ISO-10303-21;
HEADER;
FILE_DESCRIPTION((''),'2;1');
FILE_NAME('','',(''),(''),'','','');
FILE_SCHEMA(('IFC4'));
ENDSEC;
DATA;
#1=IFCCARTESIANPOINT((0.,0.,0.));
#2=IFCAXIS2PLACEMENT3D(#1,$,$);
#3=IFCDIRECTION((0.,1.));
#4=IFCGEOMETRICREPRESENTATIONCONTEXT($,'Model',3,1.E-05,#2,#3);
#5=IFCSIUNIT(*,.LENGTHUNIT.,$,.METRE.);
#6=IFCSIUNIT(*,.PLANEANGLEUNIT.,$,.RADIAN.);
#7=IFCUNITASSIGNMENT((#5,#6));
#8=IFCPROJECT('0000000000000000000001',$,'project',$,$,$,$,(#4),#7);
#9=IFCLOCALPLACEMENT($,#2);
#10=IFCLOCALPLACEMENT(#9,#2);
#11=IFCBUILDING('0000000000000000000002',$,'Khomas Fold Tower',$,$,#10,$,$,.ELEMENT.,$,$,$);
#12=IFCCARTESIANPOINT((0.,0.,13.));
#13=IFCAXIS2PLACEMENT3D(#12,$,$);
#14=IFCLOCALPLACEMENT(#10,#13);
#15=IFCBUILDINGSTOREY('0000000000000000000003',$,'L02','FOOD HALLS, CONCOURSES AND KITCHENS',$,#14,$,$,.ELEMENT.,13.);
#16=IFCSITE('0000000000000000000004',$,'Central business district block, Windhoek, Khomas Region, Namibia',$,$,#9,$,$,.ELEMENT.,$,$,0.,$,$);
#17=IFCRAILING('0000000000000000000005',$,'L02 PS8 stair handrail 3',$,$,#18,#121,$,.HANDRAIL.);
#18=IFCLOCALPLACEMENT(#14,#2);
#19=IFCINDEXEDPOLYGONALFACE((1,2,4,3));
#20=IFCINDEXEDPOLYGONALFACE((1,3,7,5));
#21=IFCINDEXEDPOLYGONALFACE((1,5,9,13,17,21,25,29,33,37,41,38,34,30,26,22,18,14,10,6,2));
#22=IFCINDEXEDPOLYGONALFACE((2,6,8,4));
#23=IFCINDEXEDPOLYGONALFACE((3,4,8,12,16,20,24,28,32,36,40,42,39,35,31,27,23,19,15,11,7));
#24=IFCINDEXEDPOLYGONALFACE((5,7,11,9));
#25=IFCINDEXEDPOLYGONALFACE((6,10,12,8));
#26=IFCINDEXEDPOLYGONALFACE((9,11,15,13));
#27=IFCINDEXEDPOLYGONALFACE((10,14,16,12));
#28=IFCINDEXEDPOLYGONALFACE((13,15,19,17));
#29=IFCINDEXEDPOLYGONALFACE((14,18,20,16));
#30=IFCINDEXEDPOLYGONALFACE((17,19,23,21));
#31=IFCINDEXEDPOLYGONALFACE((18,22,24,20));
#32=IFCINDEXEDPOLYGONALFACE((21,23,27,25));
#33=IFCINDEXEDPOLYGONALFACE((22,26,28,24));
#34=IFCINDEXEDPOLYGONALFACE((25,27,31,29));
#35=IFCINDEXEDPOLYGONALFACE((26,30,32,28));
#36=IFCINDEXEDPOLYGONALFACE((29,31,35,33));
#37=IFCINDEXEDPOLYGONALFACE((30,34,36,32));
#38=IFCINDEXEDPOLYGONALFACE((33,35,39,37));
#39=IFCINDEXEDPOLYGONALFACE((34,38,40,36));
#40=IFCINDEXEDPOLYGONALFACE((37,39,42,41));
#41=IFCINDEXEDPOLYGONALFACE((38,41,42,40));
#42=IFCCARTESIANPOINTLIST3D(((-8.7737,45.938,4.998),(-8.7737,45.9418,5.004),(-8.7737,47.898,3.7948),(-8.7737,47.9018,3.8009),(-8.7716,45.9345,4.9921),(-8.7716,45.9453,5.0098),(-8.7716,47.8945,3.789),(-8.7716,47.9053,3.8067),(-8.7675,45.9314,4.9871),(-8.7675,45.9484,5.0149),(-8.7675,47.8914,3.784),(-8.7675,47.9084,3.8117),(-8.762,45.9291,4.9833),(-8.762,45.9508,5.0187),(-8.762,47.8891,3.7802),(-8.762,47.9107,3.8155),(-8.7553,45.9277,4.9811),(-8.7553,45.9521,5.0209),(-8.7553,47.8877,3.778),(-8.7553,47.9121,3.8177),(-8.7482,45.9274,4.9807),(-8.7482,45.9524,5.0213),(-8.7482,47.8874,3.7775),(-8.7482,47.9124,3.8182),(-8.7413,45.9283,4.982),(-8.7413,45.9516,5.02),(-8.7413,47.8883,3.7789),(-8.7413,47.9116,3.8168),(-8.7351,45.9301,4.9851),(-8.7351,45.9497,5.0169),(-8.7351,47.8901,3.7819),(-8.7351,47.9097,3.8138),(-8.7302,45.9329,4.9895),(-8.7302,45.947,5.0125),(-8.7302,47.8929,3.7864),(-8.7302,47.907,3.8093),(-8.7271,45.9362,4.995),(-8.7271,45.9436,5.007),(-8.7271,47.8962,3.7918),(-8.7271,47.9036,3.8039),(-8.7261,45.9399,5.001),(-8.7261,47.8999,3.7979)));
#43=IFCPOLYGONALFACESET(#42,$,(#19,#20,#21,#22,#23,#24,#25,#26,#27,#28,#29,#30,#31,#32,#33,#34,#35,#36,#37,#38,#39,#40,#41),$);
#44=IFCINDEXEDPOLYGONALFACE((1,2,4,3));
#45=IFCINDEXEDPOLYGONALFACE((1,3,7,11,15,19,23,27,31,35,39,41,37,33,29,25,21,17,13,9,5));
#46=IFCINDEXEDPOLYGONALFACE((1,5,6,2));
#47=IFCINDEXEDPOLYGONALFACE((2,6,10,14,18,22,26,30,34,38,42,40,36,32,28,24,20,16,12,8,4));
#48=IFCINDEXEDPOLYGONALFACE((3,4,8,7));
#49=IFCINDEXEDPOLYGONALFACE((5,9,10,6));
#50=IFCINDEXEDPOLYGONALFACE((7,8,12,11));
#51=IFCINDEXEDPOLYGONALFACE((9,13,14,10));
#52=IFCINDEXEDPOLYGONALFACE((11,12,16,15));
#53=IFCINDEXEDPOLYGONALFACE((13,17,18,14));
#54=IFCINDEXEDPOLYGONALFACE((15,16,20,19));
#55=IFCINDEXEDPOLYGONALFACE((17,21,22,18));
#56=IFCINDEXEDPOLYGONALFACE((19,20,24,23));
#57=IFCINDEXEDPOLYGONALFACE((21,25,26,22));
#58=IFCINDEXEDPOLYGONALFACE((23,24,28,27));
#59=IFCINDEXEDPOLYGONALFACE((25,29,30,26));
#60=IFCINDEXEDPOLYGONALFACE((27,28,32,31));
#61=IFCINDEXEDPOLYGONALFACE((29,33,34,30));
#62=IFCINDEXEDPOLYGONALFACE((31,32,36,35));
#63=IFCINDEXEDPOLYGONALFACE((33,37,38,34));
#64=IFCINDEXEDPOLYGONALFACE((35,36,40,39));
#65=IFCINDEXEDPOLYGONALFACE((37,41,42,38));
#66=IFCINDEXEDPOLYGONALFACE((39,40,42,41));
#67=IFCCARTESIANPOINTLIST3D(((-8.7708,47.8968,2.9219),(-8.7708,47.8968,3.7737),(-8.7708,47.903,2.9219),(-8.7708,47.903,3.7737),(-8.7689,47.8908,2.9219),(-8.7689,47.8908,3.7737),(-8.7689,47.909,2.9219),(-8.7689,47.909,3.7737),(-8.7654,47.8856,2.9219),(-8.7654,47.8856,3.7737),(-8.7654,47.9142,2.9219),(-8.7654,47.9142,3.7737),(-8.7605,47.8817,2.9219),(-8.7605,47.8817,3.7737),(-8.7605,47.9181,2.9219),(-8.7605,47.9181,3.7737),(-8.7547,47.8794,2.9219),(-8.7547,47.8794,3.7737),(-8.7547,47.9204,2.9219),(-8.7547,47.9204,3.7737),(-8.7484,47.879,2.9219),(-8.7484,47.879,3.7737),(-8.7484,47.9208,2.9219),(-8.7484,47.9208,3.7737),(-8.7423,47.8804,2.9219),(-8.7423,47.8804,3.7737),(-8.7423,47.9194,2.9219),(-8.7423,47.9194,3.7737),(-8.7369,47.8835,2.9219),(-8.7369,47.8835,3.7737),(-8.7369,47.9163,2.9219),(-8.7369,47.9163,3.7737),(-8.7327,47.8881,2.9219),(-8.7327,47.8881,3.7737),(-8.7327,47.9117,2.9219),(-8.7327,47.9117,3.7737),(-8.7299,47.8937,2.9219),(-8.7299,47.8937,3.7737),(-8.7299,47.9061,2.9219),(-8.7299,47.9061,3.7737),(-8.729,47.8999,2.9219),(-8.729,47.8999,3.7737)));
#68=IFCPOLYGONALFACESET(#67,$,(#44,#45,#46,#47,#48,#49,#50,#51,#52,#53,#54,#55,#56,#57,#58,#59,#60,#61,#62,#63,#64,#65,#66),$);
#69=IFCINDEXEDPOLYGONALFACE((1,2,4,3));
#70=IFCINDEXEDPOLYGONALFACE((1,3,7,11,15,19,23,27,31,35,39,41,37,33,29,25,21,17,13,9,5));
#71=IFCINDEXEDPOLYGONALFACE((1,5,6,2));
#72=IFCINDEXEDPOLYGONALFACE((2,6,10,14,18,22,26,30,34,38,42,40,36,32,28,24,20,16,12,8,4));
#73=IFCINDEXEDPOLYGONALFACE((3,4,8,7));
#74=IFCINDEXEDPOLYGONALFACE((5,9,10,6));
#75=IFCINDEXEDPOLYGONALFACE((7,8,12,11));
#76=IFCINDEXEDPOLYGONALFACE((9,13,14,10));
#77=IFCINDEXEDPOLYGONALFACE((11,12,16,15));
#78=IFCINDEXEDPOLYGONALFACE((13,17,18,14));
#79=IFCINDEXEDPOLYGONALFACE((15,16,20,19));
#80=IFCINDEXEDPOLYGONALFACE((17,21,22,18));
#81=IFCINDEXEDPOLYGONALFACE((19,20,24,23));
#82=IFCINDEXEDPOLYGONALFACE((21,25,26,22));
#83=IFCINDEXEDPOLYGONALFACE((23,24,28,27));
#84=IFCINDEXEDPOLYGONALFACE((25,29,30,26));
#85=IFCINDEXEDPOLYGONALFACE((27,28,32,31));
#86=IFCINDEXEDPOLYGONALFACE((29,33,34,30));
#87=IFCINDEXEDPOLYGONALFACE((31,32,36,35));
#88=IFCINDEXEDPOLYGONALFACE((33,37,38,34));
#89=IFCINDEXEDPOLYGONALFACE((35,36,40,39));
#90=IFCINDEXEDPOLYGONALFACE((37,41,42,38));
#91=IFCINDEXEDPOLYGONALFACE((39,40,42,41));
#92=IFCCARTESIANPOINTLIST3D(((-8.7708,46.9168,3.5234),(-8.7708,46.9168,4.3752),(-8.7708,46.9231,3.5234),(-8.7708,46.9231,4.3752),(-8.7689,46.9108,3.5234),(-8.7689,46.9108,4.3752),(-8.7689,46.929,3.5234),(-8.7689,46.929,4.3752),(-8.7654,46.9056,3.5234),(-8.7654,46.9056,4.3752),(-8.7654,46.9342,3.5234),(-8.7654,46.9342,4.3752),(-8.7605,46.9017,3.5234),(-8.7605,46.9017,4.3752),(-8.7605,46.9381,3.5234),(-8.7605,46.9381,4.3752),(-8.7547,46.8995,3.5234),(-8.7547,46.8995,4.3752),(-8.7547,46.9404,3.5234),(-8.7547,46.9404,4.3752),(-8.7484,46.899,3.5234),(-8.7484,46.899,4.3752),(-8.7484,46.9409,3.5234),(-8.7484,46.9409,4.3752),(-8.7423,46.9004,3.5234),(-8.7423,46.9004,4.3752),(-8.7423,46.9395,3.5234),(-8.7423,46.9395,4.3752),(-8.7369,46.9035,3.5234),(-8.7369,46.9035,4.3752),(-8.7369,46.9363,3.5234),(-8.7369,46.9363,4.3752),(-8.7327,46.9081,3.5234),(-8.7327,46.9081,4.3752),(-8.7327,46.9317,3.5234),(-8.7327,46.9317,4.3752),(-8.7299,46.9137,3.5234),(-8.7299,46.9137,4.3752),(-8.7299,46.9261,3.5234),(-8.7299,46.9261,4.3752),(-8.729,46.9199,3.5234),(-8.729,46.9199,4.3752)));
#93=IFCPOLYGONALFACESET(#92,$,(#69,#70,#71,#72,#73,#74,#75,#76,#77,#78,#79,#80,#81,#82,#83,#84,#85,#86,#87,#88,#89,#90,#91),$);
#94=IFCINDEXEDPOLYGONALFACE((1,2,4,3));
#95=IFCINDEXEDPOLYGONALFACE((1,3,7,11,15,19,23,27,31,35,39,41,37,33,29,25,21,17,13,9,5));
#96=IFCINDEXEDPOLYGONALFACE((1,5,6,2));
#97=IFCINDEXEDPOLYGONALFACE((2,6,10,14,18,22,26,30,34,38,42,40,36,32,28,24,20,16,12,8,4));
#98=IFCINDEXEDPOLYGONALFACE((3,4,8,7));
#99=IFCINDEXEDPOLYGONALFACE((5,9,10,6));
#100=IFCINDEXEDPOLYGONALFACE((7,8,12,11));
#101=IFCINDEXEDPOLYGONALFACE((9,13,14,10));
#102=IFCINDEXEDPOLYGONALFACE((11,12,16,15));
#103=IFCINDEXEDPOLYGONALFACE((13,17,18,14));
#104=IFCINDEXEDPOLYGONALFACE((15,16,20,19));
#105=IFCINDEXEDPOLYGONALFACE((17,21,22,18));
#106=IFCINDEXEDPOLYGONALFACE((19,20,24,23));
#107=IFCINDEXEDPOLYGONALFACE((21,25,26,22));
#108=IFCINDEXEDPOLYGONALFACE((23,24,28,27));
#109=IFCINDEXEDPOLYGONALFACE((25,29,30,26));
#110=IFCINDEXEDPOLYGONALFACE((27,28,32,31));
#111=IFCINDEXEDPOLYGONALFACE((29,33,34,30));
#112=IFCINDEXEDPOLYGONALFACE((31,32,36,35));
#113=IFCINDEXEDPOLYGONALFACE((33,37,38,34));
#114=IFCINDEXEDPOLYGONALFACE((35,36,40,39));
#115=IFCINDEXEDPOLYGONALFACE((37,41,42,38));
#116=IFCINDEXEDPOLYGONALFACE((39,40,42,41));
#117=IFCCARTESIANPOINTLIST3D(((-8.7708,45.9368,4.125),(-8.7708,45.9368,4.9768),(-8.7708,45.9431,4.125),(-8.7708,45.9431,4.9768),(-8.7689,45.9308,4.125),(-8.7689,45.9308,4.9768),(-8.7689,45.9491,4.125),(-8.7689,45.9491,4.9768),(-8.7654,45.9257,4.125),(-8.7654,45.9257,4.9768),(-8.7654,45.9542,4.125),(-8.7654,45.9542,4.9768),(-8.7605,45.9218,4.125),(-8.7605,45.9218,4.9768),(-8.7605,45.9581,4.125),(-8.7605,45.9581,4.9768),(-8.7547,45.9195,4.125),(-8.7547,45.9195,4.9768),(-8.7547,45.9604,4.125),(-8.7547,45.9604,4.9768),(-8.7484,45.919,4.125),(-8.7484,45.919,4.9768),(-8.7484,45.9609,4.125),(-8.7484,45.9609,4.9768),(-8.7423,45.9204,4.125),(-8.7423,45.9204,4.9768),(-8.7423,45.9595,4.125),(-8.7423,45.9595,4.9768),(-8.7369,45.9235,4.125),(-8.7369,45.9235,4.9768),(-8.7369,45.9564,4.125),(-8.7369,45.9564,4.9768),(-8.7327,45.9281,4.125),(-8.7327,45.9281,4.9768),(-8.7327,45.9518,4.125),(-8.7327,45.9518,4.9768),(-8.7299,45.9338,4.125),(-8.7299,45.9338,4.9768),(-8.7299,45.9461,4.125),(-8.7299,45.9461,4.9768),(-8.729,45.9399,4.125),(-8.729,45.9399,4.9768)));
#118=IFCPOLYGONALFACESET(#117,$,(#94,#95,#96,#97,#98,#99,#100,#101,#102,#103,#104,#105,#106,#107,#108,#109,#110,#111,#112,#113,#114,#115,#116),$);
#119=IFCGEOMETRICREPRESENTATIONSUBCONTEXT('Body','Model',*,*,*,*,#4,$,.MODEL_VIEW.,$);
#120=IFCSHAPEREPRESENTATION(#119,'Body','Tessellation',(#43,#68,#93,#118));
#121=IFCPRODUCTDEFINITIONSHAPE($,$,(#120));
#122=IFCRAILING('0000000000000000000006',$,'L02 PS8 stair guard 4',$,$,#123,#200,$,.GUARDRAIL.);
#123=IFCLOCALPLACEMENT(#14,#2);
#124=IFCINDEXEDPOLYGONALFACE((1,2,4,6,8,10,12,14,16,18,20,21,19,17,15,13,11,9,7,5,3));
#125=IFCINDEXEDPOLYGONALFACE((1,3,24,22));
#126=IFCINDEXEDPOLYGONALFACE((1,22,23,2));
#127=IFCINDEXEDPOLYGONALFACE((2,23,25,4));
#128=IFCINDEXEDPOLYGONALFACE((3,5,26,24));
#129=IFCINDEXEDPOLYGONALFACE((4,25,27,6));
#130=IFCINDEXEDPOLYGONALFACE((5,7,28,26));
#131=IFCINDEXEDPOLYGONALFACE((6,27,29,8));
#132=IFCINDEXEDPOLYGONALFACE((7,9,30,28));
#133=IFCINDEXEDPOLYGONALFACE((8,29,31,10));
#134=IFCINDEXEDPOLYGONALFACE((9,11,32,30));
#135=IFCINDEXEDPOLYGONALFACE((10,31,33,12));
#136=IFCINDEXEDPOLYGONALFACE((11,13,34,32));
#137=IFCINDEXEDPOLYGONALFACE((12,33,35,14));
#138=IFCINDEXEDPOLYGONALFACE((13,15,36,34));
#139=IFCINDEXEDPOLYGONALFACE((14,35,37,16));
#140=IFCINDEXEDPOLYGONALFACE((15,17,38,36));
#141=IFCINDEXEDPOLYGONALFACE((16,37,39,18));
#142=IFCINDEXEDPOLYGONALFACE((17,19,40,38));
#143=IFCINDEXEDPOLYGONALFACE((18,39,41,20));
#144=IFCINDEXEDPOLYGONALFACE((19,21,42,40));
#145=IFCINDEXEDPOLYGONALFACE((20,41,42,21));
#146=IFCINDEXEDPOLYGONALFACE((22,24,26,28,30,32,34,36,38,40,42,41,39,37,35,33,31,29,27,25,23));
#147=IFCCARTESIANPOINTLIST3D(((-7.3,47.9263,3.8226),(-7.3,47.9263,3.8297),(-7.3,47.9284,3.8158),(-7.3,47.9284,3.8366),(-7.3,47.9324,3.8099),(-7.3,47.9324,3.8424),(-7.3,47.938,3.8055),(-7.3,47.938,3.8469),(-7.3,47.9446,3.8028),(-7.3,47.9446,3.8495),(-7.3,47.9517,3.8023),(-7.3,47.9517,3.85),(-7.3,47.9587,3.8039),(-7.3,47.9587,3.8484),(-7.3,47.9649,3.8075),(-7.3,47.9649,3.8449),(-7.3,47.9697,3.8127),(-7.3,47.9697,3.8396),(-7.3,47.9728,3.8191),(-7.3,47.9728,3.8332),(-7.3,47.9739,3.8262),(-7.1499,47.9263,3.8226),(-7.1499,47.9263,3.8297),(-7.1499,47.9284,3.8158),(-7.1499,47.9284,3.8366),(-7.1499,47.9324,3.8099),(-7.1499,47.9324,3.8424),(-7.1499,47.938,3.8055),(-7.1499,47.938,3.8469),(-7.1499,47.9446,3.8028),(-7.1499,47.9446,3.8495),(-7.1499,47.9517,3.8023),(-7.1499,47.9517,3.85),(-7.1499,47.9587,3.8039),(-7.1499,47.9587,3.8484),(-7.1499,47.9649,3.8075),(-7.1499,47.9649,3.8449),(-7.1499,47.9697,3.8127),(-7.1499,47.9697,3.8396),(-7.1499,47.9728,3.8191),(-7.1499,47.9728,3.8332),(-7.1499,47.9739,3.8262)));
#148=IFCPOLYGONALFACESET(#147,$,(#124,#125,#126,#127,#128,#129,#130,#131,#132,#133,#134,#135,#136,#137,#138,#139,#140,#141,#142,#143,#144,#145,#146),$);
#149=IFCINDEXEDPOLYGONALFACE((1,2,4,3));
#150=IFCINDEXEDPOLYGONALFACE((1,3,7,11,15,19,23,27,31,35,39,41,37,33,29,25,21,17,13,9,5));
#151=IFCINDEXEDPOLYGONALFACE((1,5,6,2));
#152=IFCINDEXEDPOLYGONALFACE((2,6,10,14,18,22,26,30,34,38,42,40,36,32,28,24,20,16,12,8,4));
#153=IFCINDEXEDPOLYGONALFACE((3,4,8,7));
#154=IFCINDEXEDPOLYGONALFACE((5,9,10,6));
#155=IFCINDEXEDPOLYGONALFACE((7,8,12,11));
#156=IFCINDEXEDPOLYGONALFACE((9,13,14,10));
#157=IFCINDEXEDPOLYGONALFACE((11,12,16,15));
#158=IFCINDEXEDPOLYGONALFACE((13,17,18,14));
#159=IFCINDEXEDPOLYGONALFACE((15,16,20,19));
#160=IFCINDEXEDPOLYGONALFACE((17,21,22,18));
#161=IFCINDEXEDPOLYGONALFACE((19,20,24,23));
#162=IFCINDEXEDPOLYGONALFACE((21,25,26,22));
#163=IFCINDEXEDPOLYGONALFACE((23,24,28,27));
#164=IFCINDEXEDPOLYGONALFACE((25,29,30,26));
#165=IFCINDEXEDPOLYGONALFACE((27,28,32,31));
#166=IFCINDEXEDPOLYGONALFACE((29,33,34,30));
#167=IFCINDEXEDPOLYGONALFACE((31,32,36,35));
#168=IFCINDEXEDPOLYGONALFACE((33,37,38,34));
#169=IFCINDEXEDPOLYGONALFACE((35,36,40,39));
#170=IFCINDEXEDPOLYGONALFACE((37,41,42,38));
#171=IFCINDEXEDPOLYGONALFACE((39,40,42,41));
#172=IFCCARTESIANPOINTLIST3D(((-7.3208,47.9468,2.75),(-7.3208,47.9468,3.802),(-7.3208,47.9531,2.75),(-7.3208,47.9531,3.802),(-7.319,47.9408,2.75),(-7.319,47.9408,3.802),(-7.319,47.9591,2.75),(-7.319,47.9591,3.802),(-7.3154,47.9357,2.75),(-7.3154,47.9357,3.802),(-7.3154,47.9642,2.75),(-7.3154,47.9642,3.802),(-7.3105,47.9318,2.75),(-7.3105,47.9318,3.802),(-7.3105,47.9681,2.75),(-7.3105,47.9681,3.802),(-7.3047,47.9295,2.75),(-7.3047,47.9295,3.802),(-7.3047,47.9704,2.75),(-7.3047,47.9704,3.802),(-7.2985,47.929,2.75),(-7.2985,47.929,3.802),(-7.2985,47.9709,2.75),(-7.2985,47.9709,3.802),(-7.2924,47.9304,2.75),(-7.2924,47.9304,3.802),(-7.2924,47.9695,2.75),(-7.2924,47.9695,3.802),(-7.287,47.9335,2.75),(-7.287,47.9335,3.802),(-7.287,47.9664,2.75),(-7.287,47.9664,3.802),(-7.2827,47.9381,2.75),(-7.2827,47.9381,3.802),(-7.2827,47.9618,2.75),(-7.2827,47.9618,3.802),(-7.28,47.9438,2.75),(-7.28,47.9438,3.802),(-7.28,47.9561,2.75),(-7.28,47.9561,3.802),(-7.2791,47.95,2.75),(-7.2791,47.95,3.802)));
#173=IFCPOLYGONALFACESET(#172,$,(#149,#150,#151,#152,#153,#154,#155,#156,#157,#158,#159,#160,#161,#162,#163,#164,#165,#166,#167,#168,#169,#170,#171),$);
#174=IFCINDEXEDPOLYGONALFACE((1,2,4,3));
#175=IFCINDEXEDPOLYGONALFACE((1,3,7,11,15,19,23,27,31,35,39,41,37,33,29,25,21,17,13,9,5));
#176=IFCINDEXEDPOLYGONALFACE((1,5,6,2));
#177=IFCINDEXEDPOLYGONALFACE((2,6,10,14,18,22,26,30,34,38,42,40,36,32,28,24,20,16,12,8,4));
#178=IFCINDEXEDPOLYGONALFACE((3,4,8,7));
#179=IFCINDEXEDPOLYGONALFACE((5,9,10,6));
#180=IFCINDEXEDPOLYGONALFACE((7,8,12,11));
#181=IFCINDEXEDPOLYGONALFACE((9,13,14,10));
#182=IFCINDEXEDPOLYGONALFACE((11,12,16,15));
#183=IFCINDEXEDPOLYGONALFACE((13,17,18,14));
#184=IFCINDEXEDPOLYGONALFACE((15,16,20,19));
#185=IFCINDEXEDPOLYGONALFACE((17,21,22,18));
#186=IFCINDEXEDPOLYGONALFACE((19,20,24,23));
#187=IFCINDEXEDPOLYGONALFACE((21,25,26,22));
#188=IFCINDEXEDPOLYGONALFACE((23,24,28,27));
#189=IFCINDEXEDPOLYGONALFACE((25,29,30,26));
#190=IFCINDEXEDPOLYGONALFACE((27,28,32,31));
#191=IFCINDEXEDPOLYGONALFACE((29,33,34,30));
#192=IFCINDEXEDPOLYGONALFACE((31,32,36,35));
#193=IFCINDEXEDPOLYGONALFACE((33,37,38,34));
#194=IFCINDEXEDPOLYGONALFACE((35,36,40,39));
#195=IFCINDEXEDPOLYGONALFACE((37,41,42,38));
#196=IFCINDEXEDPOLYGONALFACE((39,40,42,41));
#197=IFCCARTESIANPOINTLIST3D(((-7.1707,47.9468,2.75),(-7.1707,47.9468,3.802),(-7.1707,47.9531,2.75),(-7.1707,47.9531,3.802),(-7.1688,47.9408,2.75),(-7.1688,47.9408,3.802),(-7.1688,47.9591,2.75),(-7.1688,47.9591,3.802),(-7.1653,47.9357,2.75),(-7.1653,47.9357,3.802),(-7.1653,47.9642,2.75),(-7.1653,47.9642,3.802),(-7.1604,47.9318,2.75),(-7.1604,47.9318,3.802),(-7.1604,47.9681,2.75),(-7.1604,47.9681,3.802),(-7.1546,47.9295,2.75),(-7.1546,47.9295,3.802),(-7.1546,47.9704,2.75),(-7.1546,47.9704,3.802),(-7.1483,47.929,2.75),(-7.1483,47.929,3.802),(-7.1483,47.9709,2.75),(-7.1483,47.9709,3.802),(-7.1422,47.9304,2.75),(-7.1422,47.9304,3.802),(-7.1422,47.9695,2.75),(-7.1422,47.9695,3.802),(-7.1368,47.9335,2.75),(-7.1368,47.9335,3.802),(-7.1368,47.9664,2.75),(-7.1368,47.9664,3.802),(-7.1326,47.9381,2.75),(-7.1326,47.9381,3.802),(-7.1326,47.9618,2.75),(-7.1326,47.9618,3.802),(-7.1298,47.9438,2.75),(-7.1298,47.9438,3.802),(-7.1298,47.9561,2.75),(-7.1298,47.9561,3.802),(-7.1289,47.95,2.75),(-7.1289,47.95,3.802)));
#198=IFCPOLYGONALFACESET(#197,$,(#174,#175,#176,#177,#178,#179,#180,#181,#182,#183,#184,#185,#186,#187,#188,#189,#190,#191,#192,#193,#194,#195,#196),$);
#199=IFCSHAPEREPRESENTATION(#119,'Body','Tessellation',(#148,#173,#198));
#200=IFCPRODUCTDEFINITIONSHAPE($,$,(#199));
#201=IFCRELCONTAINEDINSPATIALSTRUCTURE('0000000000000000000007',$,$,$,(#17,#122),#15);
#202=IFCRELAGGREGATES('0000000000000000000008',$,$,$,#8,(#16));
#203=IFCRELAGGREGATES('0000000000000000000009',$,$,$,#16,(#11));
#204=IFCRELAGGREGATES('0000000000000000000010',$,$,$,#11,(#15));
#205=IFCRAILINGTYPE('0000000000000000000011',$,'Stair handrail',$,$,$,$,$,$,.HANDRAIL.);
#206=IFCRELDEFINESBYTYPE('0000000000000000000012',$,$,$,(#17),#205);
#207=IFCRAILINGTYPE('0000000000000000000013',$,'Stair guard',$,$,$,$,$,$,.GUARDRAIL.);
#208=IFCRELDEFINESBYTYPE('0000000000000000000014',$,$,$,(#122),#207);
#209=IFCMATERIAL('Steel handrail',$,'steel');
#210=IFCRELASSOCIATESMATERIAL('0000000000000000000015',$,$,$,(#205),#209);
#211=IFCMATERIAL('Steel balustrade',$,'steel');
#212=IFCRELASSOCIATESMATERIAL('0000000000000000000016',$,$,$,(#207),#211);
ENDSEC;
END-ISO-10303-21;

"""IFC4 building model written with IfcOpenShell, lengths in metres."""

from ifc_helpers import new_model, si_unit, direction, frame, origin, origin_2d, place, context, subcontext, project, spatial, circle, extrude, source, transform, mapped, material, type_object, element, save


model = new_model("IFC4")

# Units and contexts
model_context = context("Model", 3, precision=1e-05, world=origin(), true_north=direction((0.0, 1.0)))
body_context = subcontext(model_context, "Body", "Model", "MODEL_VIEW")
ifc_project = project(units=[si_unit("LENGTHUNIT", "METRE"), si_unit("PLANEANGLEUNIT", "RADIAN")], contexts=[model_context])

# Site, building, storey
site_placement = place(None, origin())
site = spatial("IfcSite", under=ifc_project, at=site_placement, Name="Central business district block, Windhoek, Khomas Region, Namibia", CompositionType="ELEMENT", RefElevation=0.0)
building_placement = place(site_placement, origin())
building = spatial("IfcBuilding", under=site, at=building_placement, Name="Khomas Fold Tower", CompositionType="ELEMENT")
storey_placement = place(building_placement, frame((0.0, 0.0, 13.0)))
storey = spatial("IfcBuildingStorey", under=building, at=storey_placement, Name="L02", Description="FOOD HALLS, CONCOURSES AND KITCHENS", CompositionType="ELEMENT", Elevation=13.0)

# Railings
ifc_material_1 = material(Name="Steel handrail", Category="steel")
railing_type_1 = type_object("IfcRailingType", Name="Stair handrail", PredefinedType="HANDRAIL", material=ifc_material_1)
ifc_material_2 = material(Name="Steel balustrade", Category="steel")
railing_type_2 = type_object("IfcRailingType", Name="Stair guard", PredefinedType="GUARDRAIL", material=ifc_material_2)
shared_shape_1 = source(origin(), body_context, "Body", "SweptSolid", [
    extrude(circle(Radius=0.0239, at=origin_2d()), frame((0.0, 0.0, 0.876), z_axis=(0.0, -0.852241, 0.523149), x_axis=(1.0, 0.0, 0.0)), (0.0, 0.0, 1.0), 2.2998),
    extrude(circle(Radius=0.021, at=origin_2d()), origin(), (0.0, 0.0, 1.0), 0.8518),
    extrude(circle(Radius=0.021, at=origin_2d()), frame((0.0, -0.98, 0.6016)), (0.0, 0.0, 1.0), 0.8518),
    extrude(circle(Radius=0.021, at=origin_2d()), frame((0.0, -1.96, 1.2031)), (0.0, 0.0, 1.0), 0.8518),
])
for number, where, name in (
    (1, (-8.75, 47.8999, 2.9219), "L02 PS8 stair handrail 3"),
):
    element("IfcRailing", number, at=place(storey_placement, frame(where)), inside=storey, type_object=railing_type_1, Name=name, PredefinedType="HANDRAIL", context=body_context, shape_type="MappedRepresentation", body=[
        mapped(shared_shape_1, transform((0.0, 0.0, 0.0))),
    ])
shared_shape_2 = source(origin(), body_context, "Body", "SweptSolid", [
    extrude(circle(Radius=0.0239, at=origin_2d()), frame((0.0, 0.0, 1.0762), z_axis=(1.0, 0.0, 0.0), x_axis=(0.0, 1.0, 0.0)), (0.0, 0.0, 1.0), 0.1501),
    extrude(circle(Radius=0.021, at=origin_2d()), origin(), (0.0, 0.0, 1.0), 1.052),
    extrude(circle(Radius=0.021, at=origin_2d()), frame((0.1501, 0.0, 0.0)), (0.0, 0.0, 1.0), 1.052),
])
for number, where, name in (
    (2, (-7.3, 47.95, 2.75), "L02 PS8 stair guard 4"),
):
    element("IfcRailing", number, at=place(storey_placement, frame(where)), inside=storey, type_object=railing_type_2, Name=name, PredefinedType="GUARDRAIL", context=body_context, shape_type="MappedRepresentation", body=[
        mapped(shared_shape_2, transform((0.0, 0.0, 0.0))),
    ])

save(model, "model.ifc")
